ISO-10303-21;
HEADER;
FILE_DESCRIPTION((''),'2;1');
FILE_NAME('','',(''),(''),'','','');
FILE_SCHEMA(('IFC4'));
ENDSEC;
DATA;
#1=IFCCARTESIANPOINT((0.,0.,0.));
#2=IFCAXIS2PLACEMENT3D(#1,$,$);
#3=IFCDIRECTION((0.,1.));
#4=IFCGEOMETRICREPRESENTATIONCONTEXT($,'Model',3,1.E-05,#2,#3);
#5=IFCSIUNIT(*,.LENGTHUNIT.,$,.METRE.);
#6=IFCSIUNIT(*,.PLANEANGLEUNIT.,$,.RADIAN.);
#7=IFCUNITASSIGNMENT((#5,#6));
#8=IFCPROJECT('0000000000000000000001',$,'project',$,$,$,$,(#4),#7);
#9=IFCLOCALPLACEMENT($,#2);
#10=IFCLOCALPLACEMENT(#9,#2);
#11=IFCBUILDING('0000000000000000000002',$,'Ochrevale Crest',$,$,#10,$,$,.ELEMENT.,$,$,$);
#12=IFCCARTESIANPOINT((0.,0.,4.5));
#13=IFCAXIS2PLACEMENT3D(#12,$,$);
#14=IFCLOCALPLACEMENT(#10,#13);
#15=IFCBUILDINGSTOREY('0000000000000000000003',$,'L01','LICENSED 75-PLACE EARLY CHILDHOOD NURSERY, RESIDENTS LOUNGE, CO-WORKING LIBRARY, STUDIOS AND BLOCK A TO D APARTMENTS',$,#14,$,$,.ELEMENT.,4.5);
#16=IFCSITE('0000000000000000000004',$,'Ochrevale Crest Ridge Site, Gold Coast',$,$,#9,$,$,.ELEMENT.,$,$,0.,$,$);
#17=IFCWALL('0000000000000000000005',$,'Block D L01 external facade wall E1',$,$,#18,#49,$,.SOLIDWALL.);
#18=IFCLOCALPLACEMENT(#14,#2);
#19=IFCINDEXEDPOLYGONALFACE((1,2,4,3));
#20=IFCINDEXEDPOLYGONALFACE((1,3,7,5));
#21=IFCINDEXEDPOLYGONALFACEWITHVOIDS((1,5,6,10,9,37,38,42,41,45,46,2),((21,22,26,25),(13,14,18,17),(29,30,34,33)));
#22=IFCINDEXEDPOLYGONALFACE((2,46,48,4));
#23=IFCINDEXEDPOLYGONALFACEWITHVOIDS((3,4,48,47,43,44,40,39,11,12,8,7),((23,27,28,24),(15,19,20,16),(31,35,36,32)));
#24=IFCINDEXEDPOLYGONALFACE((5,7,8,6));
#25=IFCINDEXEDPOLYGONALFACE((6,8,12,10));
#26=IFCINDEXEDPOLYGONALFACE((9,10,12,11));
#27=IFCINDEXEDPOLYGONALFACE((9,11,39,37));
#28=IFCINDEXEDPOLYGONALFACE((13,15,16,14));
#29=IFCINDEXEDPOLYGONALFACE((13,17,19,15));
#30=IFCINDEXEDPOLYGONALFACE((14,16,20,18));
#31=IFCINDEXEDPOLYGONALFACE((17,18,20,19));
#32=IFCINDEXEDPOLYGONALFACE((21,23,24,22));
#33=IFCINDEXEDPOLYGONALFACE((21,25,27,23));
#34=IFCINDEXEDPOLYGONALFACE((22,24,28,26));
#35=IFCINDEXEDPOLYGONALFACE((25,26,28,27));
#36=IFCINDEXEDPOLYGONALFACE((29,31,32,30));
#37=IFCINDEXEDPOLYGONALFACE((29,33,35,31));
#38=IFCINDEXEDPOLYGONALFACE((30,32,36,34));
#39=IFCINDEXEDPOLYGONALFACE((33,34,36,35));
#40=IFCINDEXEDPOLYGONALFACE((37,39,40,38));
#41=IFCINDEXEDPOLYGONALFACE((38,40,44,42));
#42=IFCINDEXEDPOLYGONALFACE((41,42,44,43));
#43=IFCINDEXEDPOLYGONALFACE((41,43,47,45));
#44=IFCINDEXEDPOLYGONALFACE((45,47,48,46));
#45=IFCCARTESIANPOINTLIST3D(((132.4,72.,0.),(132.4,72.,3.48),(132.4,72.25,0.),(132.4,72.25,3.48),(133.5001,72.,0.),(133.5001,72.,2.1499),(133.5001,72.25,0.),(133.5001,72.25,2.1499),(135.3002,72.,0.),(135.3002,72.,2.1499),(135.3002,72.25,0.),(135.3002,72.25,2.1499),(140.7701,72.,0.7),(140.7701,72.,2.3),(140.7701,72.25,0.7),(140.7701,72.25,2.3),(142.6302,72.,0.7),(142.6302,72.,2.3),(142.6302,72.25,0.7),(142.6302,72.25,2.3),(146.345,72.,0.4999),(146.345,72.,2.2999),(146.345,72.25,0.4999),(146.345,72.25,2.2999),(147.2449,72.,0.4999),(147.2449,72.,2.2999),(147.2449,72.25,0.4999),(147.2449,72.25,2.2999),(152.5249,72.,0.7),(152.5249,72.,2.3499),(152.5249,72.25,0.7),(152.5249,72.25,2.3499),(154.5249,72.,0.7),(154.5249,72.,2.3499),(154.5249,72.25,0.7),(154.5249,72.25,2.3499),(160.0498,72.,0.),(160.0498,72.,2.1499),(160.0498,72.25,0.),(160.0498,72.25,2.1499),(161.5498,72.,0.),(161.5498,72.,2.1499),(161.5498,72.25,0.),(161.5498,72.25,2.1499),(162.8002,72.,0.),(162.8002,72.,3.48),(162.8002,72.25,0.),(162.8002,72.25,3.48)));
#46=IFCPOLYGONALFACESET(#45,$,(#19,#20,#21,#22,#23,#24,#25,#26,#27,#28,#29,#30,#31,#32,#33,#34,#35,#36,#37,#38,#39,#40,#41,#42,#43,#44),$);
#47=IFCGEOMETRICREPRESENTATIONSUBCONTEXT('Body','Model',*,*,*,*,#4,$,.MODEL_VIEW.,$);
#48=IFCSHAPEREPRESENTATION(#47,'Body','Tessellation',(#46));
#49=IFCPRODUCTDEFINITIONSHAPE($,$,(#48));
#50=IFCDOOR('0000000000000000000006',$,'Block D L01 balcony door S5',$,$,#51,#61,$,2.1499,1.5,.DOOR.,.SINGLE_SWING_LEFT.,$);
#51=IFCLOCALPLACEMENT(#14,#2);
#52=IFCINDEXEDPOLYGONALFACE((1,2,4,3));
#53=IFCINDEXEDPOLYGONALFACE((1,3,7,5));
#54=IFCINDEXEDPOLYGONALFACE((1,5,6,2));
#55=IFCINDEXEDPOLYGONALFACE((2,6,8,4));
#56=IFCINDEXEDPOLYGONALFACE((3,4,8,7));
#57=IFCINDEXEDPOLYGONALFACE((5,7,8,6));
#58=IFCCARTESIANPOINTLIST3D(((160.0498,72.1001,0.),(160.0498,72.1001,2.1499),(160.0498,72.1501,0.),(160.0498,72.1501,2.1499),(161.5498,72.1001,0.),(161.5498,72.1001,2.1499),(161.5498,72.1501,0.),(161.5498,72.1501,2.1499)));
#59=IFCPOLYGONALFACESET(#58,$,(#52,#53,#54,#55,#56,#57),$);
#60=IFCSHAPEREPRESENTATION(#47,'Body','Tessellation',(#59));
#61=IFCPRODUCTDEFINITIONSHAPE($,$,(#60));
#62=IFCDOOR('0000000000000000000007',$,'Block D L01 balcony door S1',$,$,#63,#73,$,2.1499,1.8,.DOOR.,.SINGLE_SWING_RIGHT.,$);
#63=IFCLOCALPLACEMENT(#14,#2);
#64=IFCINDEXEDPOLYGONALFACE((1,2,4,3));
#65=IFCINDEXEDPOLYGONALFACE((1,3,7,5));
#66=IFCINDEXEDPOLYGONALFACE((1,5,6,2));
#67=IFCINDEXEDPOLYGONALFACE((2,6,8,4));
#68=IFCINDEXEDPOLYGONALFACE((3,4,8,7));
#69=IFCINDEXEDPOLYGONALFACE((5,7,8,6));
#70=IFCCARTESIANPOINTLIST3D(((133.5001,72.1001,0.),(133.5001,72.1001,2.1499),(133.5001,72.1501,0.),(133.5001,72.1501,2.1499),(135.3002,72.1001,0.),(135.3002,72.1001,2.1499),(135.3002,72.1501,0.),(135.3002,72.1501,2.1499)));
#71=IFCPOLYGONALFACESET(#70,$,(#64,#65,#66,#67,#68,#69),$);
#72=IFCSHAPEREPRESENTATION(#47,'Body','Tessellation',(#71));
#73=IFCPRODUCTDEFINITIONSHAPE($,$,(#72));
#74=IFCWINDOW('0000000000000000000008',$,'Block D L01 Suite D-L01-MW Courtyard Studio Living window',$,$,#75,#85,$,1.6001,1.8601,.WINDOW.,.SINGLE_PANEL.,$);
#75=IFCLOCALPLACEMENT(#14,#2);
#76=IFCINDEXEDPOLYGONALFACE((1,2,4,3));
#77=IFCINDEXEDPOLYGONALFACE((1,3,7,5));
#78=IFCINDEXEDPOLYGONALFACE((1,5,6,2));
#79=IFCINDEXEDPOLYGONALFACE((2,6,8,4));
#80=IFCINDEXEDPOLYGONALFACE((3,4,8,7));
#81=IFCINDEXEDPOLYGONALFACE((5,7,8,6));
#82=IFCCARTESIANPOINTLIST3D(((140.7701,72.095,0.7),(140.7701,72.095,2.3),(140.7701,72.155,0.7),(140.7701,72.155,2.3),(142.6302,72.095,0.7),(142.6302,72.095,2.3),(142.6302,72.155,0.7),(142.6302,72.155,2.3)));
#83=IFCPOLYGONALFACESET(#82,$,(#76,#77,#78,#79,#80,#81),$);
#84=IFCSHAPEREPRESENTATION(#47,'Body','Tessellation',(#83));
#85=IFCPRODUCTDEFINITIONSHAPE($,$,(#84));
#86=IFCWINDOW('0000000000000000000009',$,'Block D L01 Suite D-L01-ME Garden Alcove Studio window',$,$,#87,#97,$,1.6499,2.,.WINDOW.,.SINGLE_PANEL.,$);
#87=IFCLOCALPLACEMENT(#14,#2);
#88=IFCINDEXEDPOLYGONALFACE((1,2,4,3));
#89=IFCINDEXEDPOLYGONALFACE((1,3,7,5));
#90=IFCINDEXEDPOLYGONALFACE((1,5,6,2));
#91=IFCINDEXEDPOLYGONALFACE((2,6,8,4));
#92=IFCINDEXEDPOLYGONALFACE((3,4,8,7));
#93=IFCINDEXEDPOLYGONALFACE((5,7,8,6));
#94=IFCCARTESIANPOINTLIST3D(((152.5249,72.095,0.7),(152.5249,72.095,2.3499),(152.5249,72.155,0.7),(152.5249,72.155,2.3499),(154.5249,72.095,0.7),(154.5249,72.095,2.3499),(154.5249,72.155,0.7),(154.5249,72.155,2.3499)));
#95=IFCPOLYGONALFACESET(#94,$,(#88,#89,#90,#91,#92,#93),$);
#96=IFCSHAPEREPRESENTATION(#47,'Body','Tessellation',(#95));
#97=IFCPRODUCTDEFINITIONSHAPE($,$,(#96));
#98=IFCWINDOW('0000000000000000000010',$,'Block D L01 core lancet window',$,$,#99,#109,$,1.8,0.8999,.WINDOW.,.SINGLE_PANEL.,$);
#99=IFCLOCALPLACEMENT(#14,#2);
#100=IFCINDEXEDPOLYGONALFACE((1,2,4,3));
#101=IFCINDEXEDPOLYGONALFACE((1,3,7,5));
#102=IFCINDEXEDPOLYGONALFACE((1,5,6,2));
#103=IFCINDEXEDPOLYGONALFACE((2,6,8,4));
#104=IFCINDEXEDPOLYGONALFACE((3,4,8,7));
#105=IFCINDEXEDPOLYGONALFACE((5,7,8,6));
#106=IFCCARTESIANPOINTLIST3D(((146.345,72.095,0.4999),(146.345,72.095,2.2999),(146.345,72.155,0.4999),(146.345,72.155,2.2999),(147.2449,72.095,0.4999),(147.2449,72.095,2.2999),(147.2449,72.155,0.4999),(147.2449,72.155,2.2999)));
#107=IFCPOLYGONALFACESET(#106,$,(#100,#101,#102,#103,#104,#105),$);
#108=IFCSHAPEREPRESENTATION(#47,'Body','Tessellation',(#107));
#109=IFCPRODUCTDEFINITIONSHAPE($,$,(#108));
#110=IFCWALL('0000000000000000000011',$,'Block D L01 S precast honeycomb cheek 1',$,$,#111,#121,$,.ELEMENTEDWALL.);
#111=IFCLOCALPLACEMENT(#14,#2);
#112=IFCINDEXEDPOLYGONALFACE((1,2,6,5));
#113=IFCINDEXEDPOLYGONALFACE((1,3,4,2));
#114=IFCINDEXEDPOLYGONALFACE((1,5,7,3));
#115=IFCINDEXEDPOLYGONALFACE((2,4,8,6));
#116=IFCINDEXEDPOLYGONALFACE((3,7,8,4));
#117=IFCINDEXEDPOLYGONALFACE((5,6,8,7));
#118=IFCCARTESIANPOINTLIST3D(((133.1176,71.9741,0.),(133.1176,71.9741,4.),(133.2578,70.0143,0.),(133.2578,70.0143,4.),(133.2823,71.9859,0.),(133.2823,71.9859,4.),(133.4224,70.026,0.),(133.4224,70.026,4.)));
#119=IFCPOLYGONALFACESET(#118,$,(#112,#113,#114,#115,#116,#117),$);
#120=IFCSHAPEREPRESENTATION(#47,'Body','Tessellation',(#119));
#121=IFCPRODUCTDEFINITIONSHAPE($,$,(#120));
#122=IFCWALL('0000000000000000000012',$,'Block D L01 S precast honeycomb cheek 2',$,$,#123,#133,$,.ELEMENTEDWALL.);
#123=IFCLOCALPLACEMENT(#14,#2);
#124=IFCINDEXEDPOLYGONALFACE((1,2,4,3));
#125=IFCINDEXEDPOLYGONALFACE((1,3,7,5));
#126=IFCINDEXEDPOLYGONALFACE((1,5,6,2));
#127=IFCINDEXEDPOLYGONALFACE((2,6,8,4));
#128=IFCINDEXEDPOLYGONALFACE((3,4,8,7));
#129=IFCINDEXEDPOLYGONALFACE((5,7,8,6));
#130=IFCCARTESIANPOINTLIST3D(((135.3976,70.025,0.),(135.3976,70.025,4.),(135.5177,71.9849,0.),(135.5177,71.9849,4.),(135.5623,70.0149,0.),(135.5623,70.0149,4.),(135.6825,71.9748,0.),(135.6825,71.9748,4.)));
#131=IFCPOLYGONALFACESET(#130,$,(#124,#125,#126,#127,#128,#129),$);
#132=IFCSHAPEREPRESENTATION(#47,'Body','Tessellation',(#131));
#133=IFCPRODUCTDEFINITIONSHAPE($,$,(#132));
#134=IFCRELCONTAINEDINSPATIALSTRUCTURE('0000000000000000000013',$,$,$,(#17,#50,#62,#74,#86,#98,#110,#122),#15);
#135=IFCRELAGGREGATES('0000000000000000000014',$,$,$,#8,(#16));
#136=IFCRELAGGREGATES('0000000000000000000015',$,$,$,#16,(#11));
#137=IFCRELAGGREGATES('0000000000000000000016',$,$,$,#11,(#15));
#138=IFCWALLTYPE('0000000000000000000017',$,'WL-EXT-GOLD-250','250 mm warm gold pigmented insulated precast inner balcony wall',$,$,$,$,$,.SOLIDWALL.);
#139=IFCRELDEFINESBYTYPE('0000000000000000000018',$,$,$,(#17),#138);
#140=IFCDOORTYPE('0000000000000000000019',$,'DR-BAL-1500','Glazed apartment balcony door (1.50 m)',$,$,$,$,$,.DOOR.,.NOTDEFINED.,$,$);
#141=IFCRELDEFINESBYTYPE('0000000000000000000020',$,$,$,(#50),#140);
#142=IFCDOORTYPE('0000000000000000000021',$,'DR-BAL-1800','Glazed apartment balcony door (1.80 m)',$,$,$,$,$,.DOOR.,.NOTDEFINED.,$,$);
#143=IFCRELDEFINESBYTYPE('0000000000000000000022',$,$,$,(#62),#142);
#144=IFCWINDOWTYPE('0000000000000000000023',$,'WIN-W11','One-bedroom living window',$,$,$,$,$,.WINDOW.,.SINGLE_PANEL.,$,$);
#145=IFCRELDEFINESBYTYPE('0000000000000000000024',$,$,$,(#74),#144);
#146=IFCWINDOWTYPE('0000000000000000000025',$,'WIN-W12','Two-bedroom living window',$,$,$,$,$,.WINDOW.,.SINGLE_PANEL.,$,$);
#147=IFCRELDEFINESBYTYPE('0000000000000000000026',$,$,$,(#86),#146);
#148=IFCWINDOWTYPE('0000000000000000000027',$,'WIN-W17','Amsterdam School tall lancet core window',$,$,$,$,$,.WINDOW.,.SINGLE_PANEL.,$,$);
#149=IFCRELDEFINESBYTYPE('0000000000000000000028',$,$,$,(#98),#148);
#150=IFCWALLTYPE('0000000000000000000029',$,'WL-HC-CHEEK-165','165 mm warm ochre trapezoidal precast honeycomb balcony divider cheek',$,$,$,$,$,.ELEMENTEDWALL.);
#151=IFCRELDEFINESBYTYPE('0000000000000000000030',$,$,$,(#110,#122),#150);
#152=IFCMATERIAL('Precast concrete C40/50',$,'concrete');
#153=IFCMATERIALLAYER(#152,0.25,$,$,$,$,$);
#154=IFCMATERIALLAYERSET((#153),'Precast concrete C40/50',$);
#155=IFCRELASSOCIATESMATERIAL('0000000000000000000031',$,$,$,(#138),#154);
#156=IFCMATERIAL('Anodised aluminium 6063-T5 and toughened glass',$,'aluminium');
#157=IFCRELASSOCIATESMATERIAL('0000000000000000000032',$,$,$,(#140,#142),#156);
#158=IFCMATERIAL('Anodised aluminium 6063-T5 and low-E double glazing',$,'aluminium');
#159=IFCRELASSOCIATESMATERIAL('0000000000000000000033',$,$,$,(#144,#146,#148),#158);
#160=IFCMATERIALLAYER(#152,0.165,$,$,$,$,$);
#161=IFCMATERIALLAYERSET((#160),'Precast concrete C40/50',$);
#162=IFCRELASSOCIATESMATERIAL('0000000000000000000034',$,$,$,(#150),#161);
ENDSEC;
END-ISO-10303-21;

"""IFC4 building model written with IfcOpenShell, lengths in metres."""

from ifc_helpers import new_model, si_unit, direction, frame, frame_2d, origin, place, context, subcontext, project, spatial, rectangle, extrude, material, layer, layer_set, type_object, element, fill, save


model = new_model("IFC4")

# Units and contexts
model_context = context("Model", 3, precision=1e-05, world=origin(), true_north=direction((0.0, 1.0)))
body_context = subcontext(model_context, "Body", "Model", "MODEL_VIEW")
ifc_project = project(units=[si_unit("LENGTHUNIT", "METRE"), si_unit("PLANEANGLEUNIT", "RADIAN")], contexts=[model_context])

# Site, building, storey
site_placement = place(None, origin())
site = spatial("IfcSite", under=ifc_project, at=site_placement, Name="Ochrevale Crest Ridge Site, Gold Coast", CompositionType="ELEMENT", RefElevation=0.0)
building_placement = place(site_placement, origin())
building = spatial("IfcBuilding", under=site, at=building_placement, Name="Ochrevale Crest", CompositionType="ELEMENT")
storey_placement = place(building_placement, frame((0.0, 0.0, 4.5)))
storey = spatial("IfcBuildingStorey", under=building, at=storey_placement, Name="L01", Description="LICENSED 75-PLACE EARLY CHILDHOOD NURSERY, RESIDENTS LOUNGE, CO-WORKING LIBRARY, STUDIOS AND BLOCK A TO D APARTMENTS", CompositionType="ELEMENT", Elevation=4.5)

# Shared definitions
ifc_material_1 = material(Name="Precast concrete C40/50", Category="concrete")

# Wall, openings, doors, windows
ifc_layer_1 = layer(ifc_material_1, 0.25)
ifc_layer_set_1 = layer_set([ifc_layer_1], Name="Precast concrete C40/50")
wall_type_1 = type_object("IfcWallType", Name="WL-EXT-GOLD-250", Description="250 mm warm gold pigmented insulated precast inner balcony wall", PredefinedType="SOLIDWALL", material=ifc_layer_set_1)
wall_1_placement = place(storey_placement, frame((132.3999, 72.125, 0.0), z_axis=(0.0, 0.0, 1.0), x_axis=(1.0, 0.0, 0.0)))
wall_1 = element("IfcWall", 1, at=wall_1_placement, inside=storey, type_object=wall_type_1, Name="Block D L01 external facade wall E1", PredefinedType="SOLIDWALL", context=body_context, shape_type="SweptSolid", body=[
    extrude(rectangle(XDim=30.4001, YDim=0.25, at=frame_2d((15.2002, 0.0))), origin(), (0.0, 0.0, 1.0), 3.48),
])
opening_1_placement = place(wall_1_placement, frame((2.9001, 0.0, 0.0), z_axis=(0.0, 0.0, 1.0), x_axis=(-1.0, 0.0, 0.0)))
opening_1 = element("IfcOpeningElement", 2, at=opening_1_placement, cuts=wall_1, PredefinedType="OPENING", context=body_context, shape_type="SweptSolid", body=[
    extrude(rectangle(XDim=1.8, YDim=2.1499, at=frame_2d((0.8999, 1.075))), frame((0.0, 0.135, 0.0), z_axis=(0.0, -1.0, 0.0), x_axis=(1.0, 0.0, 0.0)), (0.0, 0.0, 1.0), 0.27),
])
opening_2_placement = place(wall_1_placement, frame((29.1499, 0.0, 0.0), z_axis=(0.0, 0.0, 1.0), x_axis=(-1.0, 0.0, 0.0)))
opening_2 = element("IfcOpeningElement", 3, at=opening_2_placement, cuts=wall_1, PredefinedType="OPENING", context=body_context, shape_type="SweptSolid", body=[
    extrude(rectangle(XDim=1.5, YDim=2.1499, at=frame_2d((0.75, 1.075))), frame((0.0, 0.135, 0.0), z_axis=(0.0, -1.0, 0.0), x_axis=(1.0, 0.0, 0.0)), (0.0, 0.0, 1.0), 0.27),
])
opening_3_placement = place(wall_1_placement, frame((13.9451, 0.0, 0.5)))
opening_3 = element("IfcOpeningElement", 4, at=opening_3_placement, cuts=wall_1, PredefinedType="OPENING", context=body_context, shape_type="SweptSolid", body=[
    extrude(rectangle(XDim=0.8999, YDim=1.8, at=frame_2d((0.45, 0.8999))), frame((0.0, 0.135, 0.0), z_axis=(0.0, -1.0, 0.0), x_axis=(1.0, 0.0, 0.0)), (0.0, 0.0, 1.0), 0.27),
])
opening_4_placement = place(wall_1_placement, frame((20.125, 0.0, 0.7)))
opening_4 = element("IfcOpeningElement", 5, at=opening_4_placement, cuts=wall_1, PredefinedType="OPENING", context=body_context, shape_type="SweptSolid", body=[
    extrude(rectangle(XDim=2.0, YDim=1.6499, at=frame_2d((1.0, 0.825))), frame((0.0, 0.135, 0.0), z_axis=(0.0, -1.0, 0.0), x_axis=(1.0, 0.0, 0.0)), (0.0, 0.0, 1.0), 0.27),
])
opening_5_placement = place(wall_1_placement, frame((8.3701, 0.0, 0.7)))
opening_5 = element("IfcOpeningElement", 6, at=opening_5_placement, cuts=wall_1, PredefinedType="OPENING", context=body_context, shape_type="SweptSolid", body=[
    extrude(rectangle(XDim=1.8601, YDim=1.6001, at=frame_2d((0.9302, 0.8))), frame((0.0, 0.135, 0.0), z_axis=(0.0, -1.0, 0.0), x_axis=(1.0, 0.0, 0.0)), (0.0, 0.0, 1.0), 0.27),
])
ifc_material_2 = material(Name="Anodised aluminium 6063-T5 and toughened glass", Category="aluminium")
door_type_1 = type_object("IfcDoorType", Name="DR-BAL-1500", Description="Glazed apartment balcony door (1.50 m)", OperationType="NOTDEFINED", PredefinedType="DOOR", material=ifc_material_2)
door_1_placement = place(opening_2_placement, origin())
door_1 = element("IfcDoor", 7, at=door_1_placement, inside=storey, type_object=door_type_1, Name="Block D L01 balcony door S5", OperationType="SINGLE_SWING_LEFT", OverallHeight=2.1499, OverallWidth=1.5, PredefinedType="DOOR", context=body_context, shape_type="SweptSolid", body=[
    extrude(rectangle(XDim=1.5, YDim=2.1499, at=frame_2d((0.75, 1.075))), frame((0.0, 0.0249, 0.0), z_axis=(0.0, -1.0, 0.0), x_axis=(1.0, 0.0, 0.0)), (0.0, 0.0, 1.0), 0.05),
])
fill(opening_2, door_1)
door_type_2 = type_object("IfcDoorType", Name="DR-BAL-1800", Description="Glazed apartment balcony door (1.80 m)", OperationType="NOTDEFINED", PredefinedType="DOOR", material=ifc_material_2)
door_2_placement = place(opening_1_placement, origin())
door_2 = element("IfcDoor", 8, at=door_2_placement, inside=storey, type_object=door_type_2, Name="Block D L01 balcony door S1", OperationType="SINGLE_SWING_RIGHT", OverallHeight=2.1499, OverallWidth=1.8, PredefinedType="DOOR", context=body_context, shape_type="SweptSolid", body=[
    extrude(rectangle(XDim=1.8, YDim=2.1499, at=frame_2d((0.8999, 1.075))), frame((0.0, 0.0249, 0.0), z_axis=(0.0, -1.0, 0.0), x_axis=(1.0, 0.0, 0.0)), (0.0, 0.0, 1.0), 0.05),
])
fill(opening_1, door_2)
ifc_material_3 = material(Name="Anodised aluminium 6063-T5 and low-E double glazing", Category="aluminium")
window_type_1 = type_object("IfcWindowType", Name="WIN-W11", Description="One-bedroom living window", PartitioningType="SINGLE_PANEL", PredefinedType="WINDOW", material=ifc_material_3)
window_1_placement = place(opening_5_placement, origin())
window_1 = element("IfcWindow", 9, at=window_1_placement, inside=storey, type_object=window_type_1, Name="Block D L01 Suite D-L01-MW Courtyard Studio Living window", OverallHeight=1.6001, OverallWidth=1.8601, PartitioningType="SINGLE_PANEL", PredefinedType="WINDOW", context=body_context, shape_type="SweptSolid", body=[
    extrude(rectangle(XDim=1.8601, YDim=1.6001, at=frame_2d((0.9302, 0.8))), frame((0.0, 0.03, 0.0), z_axis=(0.0, -1.0, 0.0), x_axis=(1.0, 0.0, 0.0)), (0.0, 0.0, 1.0), 0.0601),
])
fill(opening_5, window_1)
window_type_2 = type_object("IfcWindowType", Name="WIN-W12", Description="Two-bedroom living window", PartitioningType="SINGLE_PANEL", PredefinedType="WINDOW", material=ifc_material_3)
window_2_placement = place(opening_4_placement, origin())
window_2 = element("IfcWindow", 10, at=window_2_placement, inside=storey, type_object=window_type_2, Name="Block D L01 Suite D-L01-ME Garden Alcove Studio window", OverallHeight=1.6499, OverallWidth=2.0, PartitioningType="SINGLE_PANEL", PredefinedType="WINDOW", context=body_context, shape_type="SweptSolid", body=[
    extrude(rectangle(XDim=2.0, YDim=1.6499, at=frame_2d((1.0, 0.825))), frame((0.0, 0.03, 0.0), z_axis=(0.0, -1.0, 0.0), x_axis=(1.0, 0.0, 0.0)), (0.0, 0.0, 1.0), 0.0601),
])
fill(opening_4, window_2)
window_type_3 = type_object("IfcWindowType", Name="WIN-W17", Description="Amsterdam School tall lancet core window", PartitioningType="SINGLE_PANEL", PredefinedType="WINDOW", material=ifc_material_3)
window_3_placement = place(opening_3_placement, origin())
window_3 = element("IfcWindow", 11, at=window_3_placement, inside=storey, type_object=window_type_3, Name="Block D L01 core lancet window", OverallHeight=1.8, OverallWidth=0.8999, PartitioningType="SINGLE_PANEL", PredefinedType="WINDOW", context=body_context, shape_type="SweptSolid", body=[
    extrude(rectangle(XDim=0.8999, YDim=1.8, at=frame_2d((0.45, 0.8999))), frame((0.0, 0.03, 0.0), z_axis=(0.0, -1.0, 0.0), x_axis=(1.0, 0.0, 0.0)), (0.0, 0.0, 1.0), 0.0601),
])
fill(opening_3, window_3)

# Walls
ifc_layer_2 = layer(ifc_material_1, 0.165)
ifc_layer_set_2 = layer_set([ifc_layer_2], Name="Precast concrete C40/50")
wall_type_2 = type_object("IfcWallType", Name="WL-HC-CHEEK-165", Description="165 mm warm ochre trapezoidal precast honeycomb balcony divider cheek", PredefinedType="ELEMENTEDWALL", material=ifc_layer_set_2)
wall_2_placement = place(storey_placement, frame((133.2, 71.98, 0.0), z_axis=(0.0, 0.0, 1.0), x_axis=(0.071318, -0.997454, 0.0)))
element("IfcWall", 12, at=wall_2_placement, inside=storey, type_object=wall_type_2, Name="Block D L01 S precast honeycomb cheek 1", PredefinedType="ELEMENTEDWALL", context=body_context, shape_type="SweptSolid", body=[
    extrude(rectangle(XDim=1.9648, YDim=0.165, at=frame_2d((0.9824, 0.0))), origin(), (0.0, 0.0, 1.0), 4.0),
])
wall_3_placement = place(storey_placement, frame((135.6001, 71.98, 0.0), z_axis=(0.0, 0.0, 1.0), x_axis=(-0.061171, -0.998127, 0.0)))
element("IfcWall", 13, at=wall_3_placement, inside=storey, type_object=wall_type_2, Name="Block D L01 S precast honeycomb cheek 2", PredefinedType="ELEMENTEDWALL", context=body_context, shape_type="SweptSolid", body=[
    extrude(rectangle(XDim=1.9636, YDim=0.165, at=frame_2d((0.9819, 0.0))), origin(), (0.0, 0.0, 1.0), 4.0),
])

save(model, "model.ifc")
